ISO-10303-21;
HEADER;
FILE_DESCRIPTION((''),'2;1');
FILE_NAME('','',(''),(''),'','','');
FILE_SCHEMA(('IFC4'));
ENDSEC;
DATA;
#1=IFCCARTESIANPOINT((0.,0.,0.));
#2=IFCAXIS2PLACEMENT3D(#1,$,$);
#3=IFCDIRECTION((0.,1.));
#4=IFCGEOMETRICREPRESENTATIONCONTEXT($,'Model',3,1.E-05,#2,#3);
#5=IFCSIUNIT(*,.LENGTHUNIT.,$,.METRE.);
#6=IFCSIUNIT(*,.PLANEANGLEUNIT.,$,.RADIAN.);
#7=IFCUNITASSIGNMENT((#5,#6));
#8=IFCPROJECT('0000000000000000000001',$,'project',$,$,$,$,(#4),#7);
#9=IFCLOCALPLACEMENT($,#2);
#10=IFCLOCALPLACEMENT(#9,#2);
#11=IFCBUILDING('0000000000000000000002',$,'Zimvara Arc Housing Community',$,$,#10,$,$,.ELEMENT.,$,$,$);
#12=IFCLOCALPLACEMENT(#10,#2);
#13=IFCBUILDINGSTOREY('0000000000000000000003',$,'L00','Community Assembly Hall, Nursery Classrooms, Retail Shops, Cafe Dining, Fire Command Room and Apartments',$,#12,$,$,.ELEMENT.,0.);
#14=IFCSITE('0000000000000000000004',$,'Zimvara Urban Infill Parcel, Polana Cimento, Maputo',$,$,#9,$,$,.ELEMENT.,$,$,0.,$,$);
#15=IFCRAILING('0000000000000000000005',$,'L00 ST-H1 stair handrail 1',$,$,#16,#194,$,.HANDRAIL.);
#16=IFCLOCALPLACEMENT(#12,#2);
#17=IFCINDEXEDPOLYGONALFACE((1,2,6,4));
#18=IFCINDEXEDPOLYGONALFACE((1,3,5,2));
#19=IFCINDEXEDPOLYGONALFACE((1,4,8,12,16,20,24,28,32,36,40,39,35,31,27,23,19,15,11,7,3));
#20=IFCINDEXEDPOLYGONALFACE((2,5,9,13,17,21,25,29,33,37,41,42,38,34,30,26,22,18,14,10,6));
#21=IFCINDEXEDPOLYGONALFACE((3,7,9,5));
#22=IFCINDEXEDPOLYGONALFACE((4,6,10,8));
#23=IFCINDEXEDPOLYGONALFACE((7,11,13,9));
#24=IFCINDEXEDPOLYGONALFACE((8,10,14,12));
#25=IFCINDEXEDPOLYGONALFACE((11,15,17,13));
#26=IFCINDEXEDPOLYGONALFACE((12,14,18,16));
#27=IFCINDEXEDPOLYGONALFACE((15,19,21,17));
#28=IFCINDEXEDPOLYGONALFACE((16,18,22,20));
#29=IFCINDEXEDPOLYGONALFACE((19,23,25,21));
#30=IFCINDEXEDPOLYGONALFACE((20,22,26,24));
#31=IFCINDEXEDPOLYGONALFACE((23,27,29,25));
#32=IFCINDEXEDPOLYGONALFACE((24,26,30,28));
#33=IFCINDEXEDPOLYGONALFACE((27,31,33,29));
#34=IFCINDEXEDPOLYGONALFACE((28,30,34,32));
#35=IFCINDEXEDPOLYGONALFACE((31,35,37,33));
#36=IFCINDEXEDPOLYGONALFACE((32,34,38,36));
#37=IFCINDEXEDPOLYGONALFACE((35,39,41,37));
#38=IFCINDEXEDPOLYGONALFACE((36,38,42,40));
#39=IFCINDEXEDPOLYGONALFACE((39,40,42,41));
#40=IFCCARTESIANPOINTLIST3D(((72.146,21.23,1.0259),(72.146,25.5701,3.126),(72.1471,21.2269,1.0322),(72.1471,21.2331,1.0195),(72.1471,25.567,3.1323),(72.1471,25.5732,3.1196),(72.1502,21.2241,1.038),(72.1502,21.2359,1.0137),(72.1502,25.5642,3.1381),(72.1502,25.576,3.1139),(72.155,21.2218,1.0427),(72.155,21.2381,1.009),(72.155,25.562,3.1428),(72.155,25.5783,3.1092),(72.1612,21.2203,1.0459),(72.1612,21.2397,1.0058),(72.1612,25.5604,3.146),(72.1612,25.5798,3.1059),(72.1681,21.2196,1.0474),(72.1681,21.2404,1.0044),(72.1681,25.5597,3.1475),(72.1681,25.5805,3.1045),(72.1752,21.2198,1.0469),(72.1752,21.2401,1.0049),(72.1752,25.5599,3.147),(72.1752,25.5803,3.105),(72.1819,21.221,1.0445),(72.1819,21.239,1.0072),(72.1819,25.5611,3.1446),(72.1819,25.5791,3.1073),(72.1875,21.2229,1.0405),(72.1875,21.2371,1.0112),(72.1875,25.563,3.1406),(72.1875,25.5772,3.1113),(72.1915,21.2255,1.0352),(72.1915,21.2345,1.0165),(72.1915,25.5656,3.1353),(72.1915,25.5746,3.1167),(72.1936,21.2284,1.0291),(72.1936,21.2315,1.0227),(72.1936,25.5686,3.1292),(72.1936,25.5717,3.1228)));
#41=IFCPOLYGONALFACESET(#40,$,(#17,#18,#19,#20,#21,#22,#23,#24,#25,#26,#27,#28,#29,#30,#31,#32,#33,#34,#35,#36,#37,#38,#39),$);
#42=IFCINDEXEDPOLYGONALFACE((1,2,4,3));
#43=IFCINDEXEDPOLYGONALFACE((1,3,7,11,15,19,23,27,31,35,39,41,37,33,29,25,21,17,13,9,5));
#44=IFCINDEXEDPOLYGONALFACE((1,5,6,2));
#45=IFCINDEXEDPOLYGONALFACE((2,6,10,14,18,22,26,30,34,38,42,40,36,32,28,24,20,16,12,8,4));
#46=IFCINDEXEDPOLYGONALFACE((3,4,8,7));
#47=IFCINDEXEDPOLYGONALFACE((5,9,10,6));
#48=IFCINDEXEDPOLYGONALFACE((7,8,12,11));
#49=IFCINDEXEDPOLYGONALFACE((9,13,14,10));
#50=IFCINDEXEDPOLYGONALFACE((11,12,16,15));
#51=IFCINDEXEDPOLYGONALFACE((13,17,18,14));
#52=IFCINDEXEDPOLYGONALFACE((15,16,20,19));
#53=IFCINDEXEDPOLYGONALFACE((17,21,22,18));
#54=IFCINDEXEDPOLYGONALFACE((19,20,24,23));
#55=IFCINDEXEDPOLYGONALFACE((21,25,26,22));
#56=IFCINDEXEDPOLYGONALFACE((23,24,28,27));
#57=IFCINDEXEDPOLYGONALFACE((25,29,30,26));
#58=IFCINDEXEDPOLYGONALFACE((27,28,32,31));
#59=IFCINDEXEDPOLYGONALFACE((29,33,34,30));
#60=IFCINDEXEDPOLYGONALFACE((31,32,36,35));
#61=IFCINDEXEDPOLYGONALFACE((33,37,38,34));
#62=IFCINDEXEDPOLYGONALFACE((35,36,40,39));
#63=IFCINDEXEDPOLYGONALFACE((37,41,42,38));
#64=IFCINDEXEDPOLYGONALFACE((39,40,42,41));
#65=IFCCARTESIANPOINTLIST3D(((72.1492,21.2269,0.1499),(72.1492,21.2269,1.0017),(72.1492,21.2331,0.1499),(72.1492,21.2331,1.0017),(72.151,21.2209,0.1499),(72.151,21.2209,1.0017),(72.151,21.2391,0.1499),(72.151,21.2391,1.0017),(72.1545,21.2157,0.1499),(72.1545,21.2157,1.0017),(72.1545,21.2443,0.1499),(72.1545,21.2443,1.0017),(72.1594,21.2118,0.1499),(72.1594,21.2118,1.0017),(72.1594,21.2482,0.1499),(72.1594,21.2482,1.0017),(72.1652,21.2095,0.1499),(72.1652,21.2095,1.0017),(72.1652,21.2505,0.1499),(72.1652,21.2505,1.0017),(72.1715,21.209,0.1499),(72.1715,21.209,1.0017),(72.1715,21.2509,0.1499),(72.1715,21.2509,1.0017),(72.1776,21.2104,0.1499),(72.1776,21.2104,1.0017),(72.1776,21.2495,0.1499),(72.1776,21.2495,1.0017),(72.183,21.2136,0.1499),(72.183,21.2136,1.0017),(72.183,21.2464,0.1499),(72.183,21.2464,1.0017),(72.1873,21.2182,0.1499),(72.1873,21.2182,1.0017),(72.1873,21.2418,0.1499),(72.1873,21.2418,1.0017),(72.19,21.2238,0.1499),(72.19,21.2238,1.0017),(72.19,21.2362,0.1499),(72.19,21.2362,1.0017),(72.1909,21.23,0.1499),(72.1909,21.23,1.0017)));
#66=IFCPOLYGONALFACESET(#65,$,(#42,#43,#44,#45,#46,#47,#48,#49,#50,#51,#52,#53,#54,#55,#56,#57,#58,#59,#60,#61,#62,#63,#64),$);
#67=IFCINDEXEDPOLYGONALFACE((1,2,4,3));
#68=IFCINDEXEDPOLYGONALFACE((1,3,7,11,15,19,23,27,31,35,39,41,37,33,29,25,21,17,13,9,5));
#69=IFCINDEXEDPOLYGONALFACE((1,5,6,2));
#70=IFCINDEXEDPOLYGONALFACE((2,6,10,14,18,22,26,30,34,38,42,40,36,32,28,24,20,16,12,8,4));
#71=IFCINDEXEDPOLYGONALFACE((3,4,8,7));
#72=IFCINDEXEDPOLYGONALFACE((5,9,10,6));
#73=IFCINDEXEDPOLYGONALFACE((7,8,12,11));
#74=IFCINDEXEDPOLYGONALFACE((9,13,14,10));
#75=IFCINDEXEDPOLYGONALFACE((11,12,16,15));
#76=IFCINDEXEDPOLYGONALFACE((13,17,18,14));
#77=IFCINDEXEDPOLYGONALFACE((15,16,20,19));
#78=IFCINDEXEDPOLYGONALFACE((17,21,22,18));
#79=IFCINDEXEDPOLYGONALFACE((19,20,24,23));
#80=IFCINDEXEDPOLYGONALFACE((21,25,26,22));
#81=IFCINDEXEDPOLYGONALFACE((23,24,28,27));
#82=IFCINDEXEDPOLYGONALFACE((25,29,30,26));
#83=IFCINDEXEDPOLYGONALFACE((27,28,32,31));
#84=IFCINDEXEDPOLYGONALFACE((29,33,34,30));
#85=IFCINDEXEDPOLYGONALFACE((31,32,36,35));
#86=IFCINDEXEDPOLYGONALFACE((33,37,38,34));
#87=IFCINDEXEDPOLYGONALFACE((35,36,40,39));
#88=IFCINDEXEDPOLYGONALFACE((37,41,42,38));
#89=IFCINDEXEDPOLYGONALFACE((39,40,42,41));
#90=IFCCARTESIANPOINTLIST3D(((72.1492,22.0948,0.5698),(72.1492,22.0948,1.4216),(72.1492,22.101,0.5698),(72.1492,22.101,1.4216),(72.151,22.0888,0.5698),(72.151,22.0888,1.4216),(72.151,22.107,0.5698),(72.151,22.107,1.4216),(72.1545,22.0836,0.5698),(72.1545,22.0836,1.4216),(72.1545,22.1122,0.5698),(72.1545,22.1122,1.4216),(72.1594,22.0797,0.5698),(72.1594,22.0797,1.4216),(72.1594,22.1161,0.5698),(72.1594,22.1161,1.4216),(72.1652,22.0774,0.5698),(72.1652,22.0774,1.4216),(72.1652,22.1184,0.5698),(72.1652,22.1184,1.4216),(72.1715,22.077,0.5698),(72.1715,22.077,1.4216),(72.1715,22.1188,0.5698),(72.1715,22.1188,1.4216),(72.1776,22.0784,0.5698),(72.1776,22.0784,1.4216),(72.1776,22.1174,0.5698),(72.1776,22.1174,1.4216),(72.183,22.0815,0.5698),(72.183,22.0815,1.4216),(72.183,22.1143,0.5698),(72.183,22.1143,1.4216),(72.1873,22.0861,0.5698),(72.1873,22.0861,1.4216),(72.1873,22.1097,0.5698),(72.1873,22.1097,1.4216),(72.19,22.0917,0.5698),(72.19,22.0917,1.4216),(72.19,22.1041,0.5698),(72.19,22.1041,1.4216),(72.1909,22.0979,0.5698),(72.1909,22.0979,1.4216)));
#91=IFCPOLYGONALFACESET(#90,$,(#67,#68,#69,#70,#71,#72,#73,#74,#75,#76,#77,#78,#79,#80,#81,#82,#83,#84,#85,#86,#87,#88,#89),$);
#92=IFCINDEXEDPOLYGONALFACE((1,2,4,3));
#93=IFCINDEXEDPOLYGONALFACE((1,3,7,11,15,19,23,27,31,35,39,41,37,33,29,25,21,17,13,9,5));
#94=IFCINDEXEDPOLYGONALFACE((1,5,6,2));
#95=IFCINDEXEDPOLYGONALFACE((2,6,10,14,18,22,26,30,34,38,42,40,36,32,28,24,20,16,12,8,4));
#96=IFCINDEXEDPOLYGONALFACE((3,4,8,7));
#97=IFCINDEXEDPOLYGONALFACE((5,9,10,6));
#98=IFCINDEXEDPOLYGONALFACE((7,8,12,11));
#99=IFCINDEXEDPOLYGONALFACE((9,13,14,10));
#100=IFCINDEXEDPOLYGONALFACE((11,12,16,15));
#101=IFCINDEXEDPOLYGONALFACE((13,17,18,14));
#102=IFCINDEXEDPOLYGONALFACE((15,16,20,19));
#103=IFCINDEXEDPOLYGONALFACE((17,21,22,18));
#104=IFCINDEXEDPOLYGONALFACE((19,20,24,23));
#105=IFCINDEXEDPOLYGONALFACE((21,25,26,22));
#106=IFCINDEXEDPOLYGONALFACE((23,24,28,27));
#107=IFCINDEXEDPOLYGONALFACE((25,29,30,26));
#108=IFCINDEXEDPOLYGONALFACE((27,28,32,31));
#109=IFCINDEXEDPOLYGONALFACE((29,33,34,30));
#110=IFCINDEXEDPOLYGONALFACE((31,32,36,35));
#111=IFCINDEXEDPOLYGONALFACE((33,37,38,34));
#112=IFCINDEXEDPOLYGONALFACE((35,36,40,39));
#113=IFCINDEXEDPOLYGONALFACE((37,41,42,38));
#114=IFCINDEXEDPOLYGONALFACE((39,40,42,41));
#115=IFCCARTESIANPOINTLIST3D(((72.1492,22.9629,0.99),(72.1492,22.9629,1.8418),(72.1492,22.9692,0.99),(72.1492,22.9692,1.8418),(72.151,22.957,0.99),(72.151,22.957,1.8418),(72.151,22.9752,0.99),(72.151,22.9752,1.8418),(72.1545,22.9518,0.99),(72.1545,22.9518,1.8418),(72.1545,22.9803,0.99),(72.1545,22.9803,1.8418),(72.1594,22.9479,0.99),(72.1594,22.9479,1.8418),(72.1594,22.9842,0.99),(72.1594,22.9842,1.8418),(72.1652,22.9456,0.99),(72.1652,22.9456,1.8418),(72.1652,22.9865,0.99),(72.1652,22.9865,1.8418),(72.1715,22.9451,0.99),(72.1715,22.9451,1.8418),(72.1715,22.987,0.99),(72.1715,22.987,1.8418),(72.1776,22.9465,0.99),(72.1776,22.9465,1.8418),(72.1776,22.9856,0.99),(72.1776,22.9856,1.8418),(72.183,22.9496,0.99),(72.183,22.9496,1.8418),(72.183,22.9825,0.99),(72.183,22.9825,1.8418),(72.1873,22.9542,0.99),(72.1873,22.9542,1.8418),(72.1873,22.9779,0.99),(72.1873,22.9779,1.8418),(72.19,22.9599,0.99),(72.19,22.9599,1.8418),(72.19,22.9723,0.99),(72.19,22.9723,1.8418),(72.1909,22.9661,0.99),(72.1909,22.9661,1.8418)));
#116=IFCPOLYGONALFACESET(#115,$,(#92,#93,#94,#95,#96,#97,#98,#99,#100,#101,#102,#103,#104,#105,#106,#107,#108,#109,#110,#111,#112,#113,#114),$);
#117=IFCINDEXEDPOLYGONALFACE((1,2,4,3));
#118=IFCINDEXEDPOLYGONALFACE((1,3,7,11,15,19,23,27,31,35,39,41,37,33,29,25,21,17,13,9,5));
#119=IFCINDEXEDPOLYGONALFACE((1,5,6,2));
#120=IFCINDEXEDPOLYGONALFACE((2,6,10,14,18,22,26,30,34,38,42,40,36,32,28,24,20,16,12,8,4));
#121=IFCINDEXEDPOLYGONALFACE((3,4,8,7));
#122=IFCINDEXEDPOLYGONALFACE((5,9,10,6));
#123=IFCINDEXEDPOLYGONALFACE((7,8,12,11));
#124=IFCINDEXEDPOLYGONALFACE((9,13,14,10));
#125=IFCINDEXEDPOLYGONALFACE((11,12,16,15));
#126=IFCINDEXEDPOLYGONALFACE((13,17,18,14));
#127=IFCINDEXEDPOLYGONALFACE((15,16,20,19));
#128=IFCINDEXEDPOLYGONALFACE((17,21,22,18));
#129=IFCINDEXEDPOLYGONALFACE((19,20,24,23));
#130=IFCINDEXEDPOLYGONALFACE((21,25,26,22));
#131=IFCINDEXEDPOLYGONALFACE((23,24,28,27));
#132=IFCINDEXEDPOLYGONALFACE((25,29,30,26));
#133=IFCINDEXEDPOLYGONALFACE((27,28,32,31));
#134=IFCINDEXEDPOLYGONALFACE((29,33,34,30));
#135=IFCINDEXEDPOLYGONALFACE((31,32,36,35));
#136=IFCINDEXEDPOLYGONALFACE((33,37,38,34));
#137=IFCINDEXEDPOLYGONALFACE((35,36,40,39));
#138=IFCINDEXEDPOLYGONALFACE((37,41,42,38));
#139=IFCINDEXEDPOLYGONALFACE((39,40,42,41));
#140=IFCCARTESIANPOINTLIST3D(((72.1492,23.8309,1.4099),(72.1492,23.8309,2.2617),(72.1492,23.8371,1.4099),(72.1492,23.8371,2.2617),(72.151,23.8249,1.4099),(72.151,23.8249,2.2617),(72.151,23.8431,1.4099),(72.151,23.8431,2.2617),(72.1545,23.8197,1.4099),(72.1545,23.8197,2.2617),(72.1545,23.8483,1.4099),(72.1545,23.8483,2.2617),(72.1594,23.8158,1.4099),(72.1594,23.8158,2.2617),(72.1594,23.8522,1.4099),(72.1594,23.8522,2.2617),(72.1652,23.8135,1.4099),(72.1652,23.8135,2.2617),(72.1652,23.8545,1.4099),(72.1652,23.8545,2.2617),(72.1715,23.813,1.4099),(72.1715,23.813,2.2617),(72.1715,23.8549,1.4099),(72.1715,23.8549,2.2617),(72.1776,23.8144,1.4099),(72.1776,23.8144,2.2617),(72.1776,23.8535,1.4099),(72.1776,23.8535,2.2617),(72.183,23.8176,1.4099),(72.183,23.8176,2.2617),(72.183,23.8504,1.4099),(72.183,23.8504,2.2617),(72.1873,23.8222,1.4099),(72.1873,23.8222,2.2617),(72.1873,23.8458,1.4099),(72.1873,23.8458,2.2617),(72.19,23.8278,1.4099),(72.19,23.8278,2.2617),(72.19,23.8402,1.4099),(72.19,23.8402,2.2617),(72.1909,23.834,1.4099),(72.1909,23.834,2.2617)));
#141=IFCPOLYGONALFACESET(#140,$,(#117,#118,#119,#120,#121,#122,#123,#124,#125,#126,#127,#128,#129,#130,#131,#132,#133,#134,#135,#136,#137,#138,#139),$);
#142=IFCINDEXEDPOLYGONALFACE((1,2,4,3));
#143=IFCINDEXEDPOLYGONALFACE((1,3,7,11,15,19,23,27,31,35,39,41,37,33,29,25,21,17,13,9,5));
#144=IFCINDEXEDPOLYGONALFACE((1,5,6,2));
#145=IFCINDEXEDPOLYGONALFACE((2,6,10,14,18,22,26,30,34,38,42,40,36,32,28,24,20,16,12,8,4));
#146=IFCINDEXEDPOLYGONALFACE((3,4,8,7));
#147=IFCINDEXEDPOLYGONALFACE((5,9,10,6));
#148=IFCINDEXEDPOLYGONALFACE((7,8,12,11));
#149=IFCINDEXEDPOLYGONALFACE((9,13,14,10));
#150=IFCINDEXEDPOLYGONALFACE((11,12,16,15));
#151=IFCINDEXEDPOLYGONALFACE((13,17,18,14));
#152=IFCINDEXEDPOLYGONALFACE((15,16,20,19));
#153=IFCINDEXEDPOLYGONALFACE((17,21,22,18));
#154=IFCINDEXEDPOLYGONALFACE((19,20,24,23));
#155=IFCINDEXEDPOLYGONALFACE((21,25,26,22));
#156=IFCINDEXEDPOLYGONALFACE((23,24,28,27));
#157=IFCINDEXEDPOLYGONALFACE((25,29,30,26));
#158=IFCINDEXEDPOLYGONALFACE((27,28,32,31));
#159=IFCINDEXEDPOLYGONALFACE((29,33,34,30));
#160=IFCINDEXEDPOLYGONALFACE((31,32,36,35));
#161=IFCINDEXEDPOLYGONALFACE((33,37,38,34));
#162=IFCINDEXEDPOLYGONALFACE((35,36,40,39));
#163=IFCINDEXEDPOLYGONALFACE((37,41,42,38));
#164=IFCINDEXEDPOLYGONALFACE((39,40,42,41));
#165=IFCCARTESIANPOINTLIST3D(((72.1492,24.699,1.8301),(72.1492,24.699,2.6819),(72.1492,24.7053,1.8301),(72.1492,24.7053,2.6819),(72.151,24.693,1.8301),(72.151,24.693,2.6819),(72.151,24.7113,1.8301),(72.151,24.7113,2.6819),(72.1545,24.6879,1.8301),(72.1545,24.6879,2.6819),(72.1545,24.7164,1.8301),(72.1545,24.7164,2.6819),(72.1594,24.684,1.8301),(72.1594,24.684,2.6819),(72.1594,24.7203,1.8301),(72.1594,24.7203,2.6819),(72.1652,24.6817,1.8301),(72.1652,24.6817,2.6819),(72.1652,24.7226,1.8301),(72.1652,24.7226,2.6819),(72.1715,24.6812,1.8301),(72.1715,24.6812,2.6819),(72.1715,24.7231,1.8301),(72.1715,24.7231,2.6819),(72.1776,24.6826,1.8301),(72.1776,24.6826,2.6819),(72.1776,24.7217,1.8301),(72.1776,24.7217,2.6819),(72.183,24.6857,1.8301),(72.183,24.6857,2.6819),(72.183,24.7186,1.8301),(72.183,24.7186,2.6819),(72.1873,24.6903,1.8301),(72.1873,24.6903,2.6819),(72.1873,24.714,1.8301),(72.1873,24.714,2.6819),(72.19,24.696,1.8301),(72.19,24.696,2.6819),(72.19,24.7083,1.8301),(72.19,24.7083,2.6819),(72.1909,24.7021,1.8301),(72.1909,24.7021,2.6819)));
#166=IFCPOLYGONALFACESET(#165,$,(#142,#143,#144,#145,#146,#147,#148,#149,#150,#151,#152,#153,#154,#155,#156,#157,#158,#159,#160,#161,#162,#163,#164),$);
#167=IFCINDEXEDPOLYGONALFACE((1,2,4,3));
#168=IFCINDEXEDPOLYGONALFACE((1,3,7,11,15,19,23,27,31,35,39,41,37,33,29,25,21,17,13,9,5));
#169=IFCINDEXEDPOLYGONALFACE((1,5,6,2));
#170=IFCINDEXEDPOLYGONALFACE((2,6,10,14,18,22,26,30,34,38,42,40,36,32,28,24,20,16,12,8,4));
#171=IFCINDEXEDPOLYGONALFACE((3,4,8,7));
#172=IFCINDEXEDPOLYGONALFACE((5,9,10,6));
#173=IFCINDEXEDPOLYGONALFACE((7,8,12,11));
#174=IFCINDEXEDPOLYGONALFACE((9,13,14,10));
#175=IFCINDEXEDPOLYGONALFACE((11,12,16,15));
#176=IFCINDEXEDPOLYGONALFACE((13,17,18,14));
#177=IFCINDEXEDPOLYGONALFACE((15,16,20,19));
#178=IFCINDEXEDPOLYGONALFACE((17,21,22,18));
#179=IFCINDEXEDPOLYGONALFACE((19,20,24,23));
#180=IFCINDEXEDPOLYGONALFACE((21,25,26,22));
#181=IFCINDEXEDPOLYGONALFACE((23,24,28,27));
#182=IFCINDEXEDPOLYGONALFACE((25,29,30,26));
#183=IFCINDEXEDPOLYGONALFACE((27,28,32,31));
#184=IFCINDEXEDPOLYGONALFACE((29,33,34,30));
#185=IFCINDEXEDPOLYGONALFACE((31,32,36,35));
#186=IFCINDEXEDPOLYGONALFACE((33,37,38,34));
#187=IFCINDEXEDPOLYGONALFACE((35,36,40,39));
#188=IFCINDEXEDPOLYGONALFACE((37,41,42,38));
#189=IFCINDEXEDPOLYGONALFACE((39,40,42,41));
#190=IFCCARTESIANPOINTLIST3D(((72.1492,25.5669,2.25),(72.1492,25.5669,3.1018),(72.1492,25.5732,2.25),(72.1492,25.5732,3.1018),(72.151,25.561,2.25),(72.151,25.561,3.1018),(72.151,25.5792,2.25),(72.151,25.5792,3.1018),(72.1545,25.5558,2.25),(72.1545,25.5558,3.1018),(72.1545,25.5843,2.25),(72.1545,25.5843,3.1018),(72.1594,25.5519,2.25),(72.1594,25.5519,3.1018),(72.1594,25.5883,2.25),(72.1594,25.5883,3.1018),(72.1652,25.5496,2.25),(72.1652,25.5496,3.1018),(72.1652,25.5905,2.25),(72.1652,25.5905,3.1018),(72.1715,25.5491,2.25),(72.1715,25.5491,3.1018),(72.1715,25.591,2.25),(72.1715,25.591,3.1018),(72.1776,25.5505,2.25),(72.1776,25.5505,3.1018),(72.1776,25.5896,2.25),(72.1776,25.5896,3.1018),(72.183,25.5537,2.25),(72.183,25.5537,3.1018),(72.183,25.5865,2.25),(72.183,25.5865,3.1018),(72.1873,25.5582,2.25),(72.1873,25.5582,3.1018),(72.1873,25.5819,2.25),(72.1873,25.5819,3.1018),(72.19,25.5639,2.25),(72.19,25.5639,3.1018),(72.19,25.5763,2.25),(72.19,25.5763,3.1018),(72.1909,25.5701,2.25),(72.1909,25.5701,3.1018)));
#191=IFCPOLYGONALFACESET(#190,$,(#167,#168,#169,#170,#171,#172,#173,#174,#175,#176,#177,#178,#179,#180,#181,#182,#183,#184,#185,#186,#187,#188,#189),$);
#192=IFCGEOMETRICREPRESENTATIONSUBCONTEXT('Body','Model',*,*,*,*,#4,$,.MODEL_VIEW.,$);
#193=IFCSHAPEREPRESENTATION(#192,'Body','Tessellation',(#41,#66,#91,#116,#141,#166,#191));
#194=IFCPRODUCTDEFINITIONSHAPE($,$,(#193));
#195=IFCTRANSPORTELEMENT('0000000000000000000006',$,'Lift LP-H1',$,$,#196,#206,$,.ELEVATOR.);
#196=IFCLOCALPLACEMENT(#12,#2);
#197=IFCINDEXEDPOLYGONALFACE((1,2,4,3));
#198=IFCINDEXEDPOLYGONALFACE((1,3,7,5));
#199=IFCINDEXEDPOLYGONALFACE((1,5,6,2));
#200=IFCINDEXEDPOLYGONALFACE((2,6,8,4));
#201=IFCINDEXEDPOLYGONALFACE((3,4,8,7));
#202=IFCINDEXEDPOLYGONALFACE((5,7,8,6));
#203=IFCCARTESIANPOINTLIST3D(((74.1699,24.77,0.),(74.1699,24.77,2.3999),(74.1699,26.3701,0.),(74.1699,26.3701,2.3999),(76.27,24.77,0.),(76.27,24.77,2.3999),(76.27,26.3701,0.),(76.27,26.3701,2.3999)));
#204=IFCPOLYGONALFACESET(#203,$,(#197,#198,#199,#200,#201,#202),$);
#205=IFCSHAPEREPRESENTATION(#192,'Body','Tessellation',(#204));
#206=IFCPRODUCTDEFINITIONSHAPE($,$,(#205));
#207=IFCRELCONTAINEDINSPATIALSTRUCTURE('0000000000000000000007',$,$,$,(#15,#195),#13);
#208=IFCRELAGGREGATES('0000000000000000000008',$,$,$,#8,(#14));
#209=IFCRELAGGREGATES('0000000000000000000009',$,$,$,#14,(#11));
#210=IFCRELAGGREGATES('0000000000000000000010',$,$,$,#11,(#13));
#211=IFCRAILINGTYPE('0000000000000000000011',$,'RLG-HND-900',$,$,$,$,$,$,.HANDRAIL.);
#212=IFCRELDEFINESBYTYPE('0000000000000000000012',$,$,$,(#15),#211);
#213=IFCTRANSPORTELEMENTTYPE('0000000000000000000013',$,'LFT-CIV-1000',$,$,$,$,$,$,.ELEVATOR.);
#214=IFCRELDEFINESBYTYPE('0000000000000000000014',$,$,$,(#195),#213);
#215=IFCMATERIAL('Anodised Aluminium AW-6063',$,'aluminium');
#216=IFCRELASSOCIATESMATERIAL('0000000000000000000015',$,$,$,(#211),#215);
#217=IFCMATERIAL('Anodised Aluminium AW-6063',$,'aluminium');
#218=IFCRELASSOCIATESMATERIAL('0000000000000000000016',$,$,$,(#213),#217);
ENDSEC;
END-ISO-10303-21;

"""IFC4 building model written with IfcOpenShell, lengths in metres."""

from ifc_helpers import new_model, si_unit, direction, frame, origin, origin_2d, place, context, subcontext, project, spatial, rectangle, circle, extrude, material, type_object, element, save


model = new_model("IFC4")

# Units and contexts
model_context = context("Model", 3, precision=1e-05, world=origin(), true_north=direction((0.0, 1.0)))
body_context = subcontext(model_context, "Body", "Model", "MODEL_VIEW")
ifc_project = project(units=[si_unit("LENGTHUNIT", "METRE"), si_unit("PLANEANGLEUNIT", "RADIAN")], contexts=[model_context])

# Site, building, storey
site_placement = place(None, origin())
site = spatial("IfcSite", under=ifc_project, at=site_placement, Name="Zimvara Urban Infill Parcel, Polana Cimento, Maputo", CompositionType="ELEMENT", RefElevation=0.0)
building_placement = place(site_placement, origin())
building = spatial("IfcBuilding", under=site, at=building_placement, Name="Zimvara Arc Housing Community", CompositionType="ELEMENT")
storey_placement = place(building_placement, origin())
storey = spatial("IfcBuildingStorey", under=building, at=storey_placement, Name="L00", Description="Community Assembly Hall, Nursery Classrooms, Retail Shops, Cafe Dining, Fire Command Room and Apartments", CompositionType="ELEMENT", Elevation=0.0)

# Railing
ifc_material_1 = material(Name="Anodised Aluminium AW-6063", Category="aluminium")
railing_type_1 = type_object("IfcRailingType", Name="RLG-HND-900", PredefinedType="HANDRAIL", material=ifc_material_1)
railing_1_placement = place(storey_placement, frame((72.1699, 21.23, 0.1499)))
element("IfcRailing", 1, at=railing_1_placement, inside=storey, type_object=railing_type_1, Name="L00 ST-H1 stair handrail 1", PredefinedType="HANDRAIL", context=body_context, shape_type="SweptSolid", body=[
    extrude(circle(Radius=0.0239, at=origin_2d()), frame((0.0, 0.0, 0.876), z_axis=(0.0, 0.900155, 0.43557), x_axis=(-1.0, 0.0, 0.0)), (0.0, 0.0, 1.0), 4.8215),
    extrude(circle(Radius=0.021, at=origin_2d()), origin(), (0.0, 0.0, 1.0), 0.8518),
    extrude(circle(Radius=0.021, at=origin_2d()), frame((0.0, 0.8679, 0.4199)), (0.0, 0.0, 1.0), 0.8518),
    extrude(circle(Radius=0.021, at=origin_2d()), frame((0.0, 1.7361, 0.8401)), (0.0, 0.0, 1.0), 0.8518),
    extrude(circle(Radius=0.021, at=origin_2d()), frame((0.0, 2.604, 1.26)), (0.0, 0.0, 1.0), 0.8518),
    extrude(circle(Radius=0.021, at=origin_2d()), frame((0.0, 3.4722, 1.6802)), (0.0, 0.0, 1.0), 0.8518),
    extrude(circle(Radius=0.021, at=origin_2d()), frame((0.0, 4.3401, 2.1001)), (0.0, 0.0, 1.0), 0.8518),
])

# Transport element
ifc_material_2 = material(Name="Anodised Aluminium AW-6063", Category="aluminium")
transport_element_type = type_object("IfcTransportElementType", Name="LFT-CIV-1000", PredefinedType="ELEVATOR", material=ifc_material_2)
transport_element_placement = place(storey_placement, frame((75.22, 25.5701, 0.0), z_axis=(0.0, 0.0, 1.0), x_axis=(1.0, 0.0, 0.0)))
element("IfcTransportElement", 2, at=transport_element_placement, inside=storey, type_object=transport_element_type, Name="Lift LP-H1", PredefinedType="ELEVATOR", context=body_context, shape_type="SweptSolid", body=[
    extrude(rectangle(XDim=2.1001, YDim=1.6001, at=origin_2d()), origin(), (0.0, 0.0, 1.0), 2.3999),
])

save(model, "model.ifc")
